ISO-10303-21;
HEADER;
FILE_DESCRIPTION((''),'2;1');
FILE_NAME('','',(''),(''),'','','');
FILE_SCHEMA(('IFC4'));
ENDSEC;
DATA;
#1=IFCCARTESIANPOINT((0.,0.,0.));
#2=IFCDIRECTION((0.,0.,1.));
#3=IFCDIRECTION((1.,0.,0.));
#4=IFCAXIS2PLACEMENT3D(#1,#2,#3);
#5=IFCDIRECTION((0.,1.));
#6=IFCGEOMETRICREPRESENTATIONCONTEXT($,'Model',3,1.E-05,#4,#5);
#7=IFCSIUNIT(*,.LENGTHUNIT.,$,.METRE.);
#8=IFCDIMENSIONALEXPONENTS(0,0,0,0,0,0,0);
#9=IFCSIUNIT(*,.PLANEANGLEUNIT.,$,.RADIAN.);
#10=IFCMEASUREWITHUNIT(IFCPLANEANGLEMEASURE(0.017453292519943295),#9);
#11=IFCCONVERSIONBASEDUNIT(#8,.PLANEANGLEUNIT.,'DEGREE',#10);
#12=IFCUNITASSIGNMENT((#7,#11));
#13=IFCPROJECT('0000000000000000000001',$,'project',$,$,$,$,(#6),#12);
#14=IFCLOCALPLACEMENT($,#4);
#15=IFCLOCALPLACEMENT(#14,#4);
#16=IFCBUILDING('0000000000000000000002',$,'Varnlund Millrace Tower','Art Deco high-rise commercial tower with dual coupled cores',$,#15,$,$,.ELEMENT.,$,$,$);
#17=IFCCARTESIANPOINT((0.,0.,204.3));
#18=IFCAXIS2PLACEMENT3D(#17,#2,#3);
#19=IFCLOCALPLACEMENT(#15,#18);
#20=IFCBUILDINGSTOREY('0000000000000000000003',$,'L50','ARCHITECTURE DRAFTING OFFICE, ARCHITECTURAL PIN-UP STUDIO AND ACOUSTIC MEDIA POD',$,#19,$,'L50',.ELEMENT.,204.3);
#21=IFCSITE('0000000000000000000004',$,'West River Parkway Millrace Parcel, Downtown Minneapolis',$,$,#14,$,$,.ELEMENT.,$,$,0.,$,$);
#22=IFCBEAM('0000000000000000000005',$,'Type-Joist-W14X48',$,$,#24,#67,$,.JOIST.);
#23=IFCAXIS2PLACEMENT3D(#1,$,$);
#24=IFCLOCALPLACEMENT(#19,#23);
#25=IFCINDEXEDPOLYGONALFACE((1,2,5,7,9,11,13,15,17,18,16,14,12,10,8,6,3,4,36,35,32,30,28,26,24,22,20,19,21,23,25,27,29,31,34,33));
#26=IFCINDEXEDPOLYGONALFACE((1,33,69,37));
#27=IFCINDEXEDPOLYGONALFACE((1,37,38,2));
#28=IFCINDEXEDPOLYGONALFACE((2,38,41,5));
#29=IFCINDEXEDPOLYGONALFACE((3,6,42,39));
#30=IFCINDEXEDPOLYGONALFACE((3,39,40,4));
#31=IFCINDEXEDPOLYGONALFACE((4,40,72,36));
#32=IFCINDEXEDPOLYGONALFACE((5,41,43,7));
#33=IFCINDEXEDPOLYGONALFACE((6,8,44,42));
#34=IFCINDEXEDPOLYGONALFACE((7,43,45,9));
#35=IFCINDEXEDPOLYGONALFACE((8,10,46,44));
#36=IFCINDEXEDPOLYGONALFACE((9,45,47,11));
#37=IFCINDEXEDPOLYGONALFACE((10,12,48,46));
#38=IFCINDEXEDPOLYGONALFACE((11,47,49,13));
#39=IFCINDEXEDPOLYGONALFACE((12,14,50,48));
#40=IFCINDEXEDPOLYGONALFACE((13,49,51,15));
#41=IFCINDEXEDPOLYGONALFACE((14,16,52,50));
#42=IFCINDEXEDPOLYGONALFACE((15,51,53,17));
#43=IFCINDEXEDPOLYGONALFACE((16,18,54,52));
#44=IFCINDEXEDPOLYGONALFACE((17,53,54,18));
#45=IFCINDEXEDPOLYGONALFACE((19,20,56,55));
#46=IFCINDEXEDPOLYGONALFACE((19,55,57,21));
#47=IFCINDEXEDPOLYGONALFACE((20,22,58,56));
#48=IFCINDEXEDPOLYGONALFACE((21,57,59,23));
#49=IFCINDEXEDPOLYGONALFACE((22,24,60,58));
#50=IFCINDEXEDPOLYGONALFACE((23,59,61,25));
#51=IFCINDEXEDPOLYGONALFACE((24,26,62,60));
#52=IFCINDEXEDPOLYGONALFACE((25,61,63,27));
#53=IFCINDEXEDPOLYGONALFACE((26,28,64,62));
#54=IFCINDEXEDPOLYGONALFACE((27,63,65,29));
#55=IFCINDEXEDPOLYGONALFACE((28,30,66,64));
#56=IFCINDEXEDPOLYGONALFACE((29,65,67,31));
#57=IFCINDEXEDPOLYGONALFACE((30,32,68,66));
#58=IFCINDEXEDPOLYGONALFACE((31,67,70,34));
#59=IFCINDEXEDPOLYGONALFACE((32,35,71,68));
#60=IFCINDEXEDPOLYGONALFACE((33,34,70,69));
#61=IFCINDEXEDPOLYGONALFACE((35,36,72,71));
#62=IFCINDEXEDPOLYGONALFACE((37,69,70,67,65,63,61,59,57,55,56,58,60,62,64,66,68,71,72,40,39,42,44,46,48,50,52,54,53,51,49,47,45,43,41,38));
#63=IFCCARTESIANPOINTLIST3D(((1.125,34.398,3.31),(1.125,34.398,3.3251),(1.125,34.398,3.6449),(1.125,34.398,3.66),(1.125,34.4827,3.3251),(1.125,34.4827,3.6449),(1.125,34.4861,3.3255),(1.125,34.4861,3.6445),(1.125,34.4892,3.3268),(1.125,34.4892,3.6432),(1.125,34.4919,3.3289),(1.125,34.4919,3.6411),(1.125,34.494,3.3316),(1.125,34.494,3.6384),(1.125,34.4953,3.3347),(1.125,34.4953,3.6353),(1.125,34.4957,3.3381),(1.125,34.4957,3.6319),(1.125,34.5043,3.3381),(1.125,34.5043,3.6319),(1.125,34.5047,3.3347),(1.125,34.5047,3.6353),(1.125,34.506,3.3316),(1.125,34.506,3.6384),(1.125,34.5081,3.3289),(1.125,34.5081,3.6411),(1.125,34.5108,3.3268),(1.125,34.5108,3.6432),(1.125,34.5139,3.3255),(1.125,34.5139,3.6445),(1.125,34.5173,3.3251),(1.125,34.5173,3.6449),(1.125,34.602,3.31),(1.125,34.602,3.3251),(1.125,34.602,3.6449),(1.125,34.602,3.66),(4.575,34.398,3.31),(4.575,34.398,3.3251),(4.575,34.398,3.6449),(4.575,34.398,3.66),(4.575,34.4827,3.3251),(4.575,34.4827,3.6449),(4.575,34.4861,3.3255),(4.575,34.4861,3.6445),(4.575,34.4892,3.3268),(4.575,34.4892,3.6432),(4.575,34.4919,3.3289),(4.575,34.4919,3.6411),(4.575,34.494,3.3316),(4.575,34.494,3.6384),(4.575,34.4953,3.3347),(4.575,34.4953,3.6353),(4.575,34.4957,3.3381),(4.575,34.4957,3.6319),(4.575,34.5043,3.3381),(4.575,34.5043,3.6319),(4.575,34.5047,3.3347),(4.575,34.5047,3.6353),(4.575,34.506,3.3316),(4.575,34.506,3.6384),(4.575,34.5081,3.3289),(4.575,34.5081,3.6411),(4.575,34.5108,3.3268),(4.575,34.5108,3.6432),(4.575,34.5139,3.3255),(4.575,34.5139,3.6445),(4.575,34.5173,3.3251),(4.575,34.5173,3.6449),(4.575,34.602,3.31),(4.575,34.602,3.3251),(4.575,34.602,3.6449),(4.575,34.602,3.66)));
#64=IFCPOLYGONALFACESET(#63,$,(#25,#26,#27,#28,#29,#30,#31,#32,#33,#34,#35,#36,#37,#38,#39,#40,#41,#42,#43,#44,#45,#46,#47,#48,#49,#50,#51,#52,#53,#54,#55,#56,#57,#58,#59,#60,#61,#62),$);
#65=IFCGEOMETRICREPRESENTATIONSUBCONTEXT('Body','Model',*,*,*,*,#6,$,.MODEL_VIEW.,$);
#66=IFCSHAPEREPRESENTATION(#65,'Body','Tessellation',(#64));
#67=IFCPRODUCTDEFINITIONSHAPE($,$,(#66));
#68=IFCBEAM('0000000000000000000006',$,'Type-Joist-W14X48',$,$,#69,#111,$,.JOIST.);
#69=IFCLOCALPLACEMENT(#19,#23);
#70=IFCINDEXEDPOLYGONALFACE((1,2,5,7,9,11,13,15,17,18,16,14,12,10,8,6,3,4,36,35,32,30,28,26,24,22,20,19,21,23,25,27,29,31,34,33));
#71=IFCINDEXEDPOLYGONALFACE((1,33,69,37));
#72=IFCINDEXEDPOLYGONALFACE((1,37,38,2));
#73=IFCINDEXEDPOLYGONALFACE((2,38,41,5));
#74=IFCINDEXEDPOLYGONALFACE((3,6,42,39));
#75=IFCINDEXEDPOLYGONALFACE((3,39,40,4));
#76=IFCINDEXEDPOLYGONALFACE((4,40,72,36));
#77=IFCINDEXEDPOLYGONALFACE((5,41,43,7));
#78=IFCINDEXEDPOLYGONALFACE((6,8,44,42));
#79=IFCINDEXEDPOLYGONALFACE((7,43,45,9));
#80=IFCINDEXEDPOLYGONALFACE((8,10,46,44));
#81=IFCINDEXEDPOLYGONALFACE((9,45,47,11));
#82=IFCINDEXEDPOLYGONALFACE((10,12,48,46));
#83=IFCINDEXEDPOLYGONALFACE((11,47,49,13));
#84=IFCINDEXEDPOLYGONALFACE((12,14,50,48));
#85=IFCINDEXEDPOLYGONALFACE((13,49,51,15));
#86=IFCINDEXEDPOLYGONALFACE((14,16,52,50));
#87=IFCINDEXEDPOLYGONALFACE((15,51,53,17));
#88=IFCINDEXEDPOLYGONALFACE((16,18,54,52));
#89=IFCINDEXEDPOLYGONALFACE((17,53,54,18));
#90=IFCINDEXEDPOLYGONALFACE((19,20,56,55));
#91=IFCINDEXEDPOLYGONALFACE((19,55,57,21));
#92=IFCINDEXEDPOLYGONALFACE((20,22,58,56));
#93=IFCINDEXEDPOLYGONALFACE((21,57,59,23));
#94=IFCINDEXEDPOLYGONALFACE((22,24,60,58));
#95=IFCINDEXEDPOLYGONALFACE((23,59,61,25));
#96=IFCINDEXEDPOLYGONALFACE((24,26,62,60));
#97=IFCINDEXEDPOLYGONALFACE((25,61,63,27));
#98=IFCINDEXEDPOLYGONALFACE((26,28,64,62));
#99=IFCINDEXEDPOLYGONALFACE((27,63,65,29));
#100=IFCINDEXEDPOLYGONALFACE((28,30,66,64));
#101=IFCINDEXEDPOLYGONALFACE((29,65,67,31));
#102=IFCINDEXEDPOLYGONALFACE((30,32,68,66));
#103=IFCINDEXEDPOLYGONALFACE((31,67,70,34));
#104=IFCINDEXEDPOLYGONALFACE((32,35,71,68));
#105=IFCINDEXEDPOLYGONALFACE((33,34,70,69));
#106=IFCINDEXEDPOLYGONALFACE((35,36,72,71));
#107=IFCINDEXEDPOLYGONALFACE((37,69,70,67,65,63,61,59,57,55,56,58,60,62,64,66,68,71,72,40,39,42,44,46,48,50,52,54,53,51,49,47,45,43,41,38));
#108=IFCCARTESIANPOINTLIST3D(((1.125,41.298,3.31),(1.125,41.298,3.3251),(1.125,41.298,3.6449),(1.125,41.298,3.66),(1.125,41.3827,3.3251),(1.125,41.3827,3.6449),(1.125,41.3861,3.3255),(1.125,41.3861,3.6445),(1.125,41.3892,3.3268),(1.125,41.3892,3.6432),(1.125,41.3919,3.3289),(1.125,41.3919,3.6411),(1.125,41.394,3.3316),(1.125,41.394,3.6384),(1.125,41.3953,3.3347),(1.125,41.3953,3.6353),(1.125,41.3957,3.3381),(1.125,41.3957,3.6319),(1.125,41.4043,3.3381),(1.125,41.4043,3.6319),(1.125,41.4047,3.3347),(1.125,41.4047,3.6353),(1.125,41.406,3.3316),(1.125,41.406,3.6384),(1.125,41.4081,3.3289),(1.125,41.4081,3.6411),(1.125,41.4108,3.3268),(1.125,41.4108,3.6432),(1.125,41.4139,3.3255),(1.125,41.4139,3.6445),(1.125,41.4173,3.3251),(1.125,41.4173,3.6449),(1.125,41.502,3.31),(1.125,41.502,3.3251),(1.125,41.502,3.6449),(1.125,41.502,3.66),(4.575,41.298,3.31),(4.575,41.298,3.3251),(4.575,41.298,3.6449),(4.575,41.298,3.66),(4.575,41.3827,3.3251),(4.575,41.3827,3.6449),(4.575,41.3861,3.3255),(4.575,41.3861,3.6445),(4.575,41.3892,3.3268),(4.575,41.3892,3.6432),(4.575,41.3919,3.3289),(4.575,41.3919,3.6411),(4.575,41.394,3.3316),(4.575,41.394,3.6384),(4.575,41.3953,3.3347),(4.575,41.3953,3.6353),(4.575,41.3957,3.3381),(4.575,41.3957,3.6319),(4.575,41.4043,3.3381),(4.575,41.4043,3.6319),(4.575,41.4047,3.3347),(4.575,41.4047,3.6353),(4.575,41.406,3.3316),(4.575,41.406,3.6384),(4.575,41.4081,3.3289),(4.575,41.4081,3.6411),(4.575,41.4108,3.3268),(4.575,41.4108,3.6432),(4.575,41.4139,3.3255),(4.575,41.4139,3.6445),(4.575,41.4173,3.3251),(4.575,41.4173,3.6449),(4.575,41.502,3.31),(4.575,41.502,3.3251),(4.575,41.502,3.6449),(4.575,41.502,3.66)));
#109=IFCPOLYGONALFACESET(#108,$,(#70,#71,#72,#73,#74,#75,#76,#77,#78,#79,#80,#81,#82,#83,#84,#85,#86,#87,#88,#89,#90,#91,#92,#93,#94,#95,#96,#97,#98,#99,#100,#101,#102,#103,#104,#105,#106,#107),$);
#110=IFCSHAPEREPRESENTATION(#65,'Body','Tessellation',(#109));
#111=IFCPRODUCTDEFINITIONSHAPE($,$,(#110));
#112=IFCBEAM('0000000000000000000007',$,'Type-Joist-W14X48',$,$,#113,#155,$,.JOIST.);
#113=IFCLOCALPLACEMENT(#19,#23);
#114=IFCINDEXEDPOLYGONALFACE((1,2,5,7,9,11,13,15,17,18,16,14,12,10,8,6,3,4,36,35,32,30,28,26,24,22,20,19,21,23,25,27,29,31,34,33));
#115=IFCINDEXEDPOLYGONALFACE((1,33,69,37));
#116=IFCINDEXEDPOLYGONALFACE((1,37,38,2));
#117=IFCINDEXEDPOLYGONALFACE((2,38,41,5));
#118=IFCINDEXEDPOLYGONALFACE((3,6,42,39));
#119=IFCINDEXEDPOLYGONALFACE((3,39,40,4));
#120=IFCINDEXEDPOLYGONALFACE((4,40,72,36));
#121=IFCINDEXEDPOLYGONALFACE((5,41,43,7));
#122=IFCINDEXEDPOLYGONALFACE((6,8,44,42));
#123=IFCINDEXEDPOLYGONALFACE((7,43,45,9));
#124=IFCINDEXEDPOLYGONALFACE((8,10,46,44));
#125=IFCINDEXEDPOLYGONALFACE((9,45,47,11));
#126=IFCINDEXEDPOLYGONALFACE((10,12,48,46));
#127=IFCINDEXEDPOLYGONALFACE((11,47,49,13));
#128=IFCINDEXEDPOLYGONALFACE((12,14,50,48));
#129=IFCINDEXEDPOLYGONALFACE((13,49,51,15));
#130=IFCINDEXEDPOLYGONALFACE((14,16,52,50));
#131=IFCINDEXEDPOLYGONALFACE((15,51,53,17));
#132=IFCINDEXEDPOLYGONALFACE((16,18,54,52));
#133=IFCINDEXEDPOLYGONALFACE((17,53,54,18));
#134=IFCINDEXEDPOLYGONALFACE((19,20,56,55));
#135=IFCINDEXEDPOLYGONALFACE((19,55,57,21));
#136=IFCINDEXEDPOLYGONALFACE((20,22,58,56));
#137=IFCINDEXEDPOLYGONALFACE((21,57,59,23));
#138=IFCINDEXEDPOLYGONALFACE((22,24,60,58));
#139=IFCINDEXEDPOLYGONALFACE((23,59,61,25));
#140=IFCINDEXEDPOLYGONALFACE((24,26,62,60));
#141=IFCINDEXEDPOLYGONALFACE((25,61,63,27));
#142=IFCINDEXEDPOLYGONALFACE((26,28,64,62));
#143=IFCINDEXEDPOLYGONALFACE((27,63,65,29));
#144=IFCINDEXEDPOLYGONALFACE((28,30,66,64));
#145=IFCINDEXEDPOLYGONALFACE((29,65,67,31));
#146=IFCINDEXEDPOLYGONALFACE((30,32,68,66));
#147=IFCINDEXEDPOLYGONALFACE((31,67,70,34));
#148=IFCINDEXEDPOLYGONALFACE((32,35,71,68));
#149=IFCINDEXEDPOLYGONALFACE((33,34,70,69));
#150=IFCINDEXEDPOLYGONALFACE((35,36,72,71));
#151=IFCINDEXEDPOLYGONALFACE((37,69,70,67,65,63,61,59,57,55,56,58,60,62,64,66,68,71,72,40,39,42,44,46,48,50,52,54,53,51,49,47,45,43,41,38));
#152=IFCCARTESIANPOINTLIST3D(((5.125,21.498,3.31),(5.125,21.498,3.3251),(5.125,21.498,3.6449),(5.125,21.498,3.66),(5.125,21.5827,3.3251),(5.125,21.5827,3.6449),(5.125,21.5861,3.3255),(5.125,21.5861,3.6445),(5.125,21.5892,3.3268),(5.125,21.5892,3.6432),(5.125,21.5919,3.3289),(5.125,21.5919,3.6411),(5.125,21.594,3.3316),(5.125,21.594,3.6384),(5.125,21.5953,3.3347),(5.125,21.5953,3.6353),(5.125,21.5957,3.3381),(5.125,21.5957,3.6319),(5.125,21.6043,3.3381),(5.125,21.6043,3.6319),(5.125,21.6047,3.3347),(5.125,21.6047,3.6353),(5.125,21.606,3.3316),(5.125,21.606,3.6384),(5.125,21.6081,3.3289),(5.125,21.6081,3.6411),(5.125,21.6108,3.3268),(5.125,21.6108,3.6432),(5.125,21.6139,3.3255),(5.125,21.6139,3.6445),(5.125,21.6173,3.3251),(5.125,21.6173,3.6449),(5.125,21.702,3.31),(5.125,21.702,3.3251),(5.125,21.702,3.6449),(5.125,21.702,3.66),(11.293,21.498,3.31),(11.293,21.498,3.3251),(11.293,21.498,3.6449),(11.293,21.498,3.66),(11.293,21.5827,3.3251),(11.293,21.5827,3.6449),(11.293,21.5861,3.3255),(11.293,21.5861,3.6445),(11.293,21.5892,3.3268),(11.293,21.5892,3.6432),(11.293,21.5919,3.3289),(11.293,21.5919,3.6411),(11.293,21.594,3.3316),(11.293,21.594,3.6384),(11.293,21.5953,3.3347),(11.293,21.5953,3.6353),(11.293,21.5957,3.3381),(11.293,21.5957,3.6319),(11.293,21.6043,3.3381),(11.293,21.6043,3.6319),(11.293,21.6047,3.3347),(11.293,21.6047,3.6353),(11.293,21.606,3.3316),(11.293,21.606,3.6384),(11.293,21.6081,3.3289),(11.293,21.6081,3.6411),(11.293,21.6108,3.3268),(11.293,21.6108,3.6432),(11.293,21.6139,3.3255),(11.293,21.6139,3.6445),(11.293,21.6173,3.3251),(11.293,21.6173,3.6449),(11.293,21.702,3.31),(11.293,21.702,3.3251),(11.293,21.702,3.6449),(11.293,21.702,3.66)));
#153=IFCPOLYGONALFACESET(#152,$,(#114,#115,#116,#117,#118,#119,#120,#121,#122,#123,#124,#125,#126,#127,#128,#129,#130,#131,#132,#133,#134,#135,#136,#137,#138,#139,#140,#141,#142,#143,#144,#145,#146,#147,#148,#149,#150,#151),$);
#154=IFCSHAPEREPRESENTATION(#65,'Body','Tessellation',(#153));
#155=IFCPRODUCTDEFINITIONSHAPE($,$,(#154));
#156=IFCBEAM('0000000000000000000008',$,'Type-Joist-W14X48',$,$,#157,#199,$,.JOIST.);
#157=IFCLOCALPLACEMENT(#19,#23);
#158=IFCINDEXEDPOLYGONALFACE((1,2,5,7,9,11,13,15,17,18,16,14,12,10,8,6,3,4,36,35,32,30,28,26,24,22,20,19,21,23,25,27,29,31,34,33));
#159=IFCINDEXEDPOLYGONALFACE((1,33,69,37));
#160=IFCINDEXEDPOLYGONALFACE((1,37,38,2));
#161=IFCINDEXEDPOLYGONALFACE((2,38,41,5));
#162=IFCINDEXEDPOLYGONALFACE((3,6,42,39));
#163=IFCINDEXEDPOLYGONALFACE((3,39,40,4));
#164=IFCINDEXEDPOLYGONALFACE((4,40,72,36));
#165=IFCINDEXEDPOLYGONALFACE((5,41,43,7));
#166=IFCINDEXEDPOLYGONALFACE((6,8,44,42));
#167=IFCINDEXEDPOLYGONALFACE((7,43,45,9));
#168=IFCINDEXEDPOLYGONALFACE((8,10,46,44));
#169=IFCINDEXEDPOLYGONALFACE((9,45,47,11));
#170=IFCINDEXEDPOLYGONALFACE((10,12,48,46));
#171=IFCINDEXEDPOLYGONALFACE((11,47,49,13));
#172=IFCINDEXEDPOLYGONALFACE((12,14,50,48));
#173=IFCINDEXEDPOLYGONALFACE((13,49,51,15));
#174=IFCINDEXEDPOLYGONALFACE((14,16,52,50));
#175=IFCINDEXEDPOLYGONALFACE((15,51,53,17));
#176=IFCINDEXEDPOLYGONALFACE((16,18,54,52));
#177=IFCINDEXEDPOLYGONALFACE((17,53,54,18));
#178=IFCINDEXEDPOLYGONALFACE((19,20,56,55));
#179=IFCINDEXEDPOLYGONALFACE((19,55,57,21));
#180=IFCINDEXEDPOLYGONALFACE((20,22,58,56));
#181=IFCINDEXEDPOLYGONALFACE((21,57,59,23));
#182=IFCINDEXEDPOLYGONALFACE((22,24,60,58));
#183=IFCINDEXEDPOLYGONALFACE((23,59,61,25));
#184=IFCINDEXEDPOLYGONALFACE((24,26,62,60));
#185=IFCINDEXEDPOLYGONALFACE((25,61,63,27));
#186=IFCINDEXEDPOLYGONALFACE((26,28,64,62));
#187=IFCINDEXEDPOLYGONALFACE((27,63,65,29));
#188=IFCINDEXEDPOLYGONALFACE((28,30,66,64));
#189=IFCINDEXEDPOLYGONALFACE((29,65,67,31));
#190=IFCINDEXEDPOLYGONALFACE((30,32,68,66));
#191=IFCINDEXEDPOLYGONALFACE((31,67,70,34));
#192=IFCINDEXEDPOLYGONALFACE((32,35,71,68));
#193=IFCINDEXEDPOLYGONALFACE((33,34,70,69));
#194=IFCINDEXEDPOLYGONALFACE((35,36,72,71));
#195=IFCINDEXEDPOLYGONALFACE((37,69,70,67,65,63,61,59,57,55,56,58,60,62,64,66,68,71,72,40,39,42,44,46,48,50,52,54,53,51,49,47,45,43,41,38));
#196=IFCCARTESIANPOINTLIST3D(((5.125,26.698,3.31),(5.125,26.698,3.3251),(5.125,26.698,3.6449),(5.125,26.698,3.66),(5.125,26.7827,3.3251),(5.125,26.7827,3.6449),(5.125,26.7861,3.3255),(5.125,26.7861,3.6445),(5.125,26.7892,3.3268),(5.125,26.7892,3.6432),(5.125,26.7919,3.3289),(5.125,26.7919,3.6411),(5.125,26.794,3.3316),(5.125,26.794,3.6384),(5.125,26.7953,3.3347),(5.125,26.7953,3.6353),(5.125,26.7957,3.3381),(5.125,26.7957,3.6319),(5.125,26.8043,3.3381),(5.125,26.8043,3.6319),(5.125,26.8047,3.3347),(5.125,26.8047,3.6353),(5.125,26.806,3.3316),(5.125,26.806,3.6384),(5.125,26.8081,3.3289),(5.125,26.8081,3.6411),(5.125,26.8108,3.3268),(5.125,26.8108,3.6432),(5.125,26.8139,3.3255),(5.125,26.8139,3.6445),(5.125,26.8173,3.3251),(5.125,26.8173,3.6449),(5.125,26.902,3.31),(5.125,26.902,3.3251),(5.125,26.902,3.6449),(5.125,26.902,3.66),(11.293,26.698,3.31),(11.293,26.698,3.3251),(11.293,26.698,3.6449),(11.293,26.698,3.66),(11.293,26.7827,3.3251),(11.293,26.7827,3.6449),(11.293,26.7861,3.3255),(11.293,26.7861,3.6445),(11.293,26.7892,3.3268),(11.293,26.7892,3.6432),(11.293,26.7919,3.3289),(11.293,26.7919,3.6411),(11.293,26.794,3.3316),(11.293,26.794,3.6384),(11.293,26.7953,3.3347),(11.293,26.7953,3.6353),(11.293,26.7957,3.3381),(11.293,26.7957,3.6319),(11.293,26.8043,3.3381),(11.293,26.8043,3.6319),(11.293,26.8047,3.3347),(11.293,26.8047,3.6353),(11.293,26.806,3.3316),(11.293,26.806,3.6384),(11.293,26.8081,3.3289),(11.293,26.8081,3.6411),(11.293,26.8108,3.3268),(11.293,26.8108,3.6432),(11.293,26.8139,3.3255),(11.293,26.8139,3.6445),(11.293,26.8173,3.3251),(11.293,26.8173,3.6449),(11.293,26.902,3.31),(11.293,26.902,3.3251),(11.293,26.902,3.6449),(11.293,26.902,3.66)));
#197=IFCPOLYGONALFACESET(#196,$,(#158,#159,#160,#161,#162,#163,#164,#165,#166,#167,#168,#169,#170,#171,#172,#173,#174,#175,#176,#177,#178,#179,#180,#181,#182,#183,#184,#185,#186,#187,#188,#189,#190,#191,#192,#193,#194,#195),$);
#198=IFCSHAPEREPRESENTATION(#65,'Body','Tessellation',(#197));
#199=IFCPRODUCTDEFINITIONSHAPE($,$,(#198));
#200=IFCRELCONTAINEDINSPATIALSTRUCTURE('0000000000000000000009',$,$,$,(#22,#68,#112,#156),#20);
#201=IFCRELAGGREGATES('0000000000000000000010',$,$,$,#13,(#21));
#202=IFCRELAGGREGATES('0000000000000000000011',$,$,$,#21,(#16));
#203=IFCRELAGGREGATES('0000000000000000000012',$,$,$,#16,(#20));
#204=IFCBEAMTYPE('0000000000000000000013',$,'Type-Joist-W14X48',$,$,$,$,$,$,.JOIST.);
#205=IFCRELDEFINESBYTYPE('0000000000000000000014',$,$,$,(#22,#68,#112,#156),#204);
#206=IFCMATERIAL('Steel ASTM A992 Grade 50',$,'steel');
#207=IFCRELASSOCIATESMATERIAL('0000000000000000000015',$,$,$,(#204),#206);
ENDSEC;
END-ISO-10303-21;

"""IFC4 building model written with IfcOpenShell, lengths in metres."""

from ifc_helpers import new_model, entity, si_unit, converted_unit, direction, frame, origin_with_axes, origin_2d_with_axis, place, context, subcontext, project, spatial, i_section, extrude, material, material_profile, profile_set, type_object, element, save


model = new_model("IFC4")

# Units and contexts
model_context = context("Model", 3, precision=1e-05, world=origin_with_axes(), true_north=direction((0.0, 1.0)))
body_context = subcontext(model_context, "Body", "Model", "MODEL_VIEW")
ifc_project = project(units=[si_unit("LENGTHUNIT", "METRE"), converted_unit("PLANEANGLEUNIT", "DEGREE", entity("IfcPlaneAngleMeasure", 0.017453292519943295), si_unit("PLANEANGLEUNIT", "RADIAN"), dimensions=[0, 0, 0, 0, 0, 0, 0])], contexts=[model_context])

# Site, building, storey
site_placement = place(None, origin_with_axes())
site = spatial("IfcSite", under=ifc_project, at=site_placement, Name="West River Parkway Millrace Parcel, Downtown Minneapolis", CompositionType="ELEMENT", RefElevation=0.0)
building_placement = place(site_placement, origin_with_axes())
building = spatial("IfcBuilding", under=site, at=building_placement, Name="Varnlund Millrace Tower", Description="Art Deco high-rise commercial tower with dual coupled cores", CompositionType="ELEMENT")
storey_placement = place(building_placement, frame((0.0, 0.0, 204.3), z_axis=(0.0, 0.0, 1.0), x_axis=(1.0, 0.0, 0.0)))
storey = spatial("IfcBuildingStorey", under=building, at=storey_placement, Name="L50", Description="ARCHITECTURE DRAFTING OFFICE, ARCHITECTURAL PIN-UP STUDIO AND ACOUSTIC MEDIA POD", LongName="L50", CompositionType="ELEMENT", Elevation=204.3)

# Beams
ifc_material_1 = material(Name="Steel ASTM A992 Grade 50", Category="steel")
ifc_material_profile_1 = material_profile(ifc_material_1, i_section(OverallWidth=0.204, OverallDepth=0.35, WebThickness=0.0086, FlangeThickness=0.0151, FilletRadius=0.013, at=origin_2d_with_axis()), Name="Steel ASTM A992 Grade 50")
ifc_profile_set_1 = profile_set([ifc_material_profile_1], Name="Steel ASTM A992 Grade 50")
beam_type_1 = type_object("IfcBeamType", Name="Type-Joist-W14X48", PredefinedType="JOIST", material=ifc_profile_set_1)
for number, where, z_axis, x_axis, name in (
    (1, (1.125, 34.5, 3.485), (1.0, 0.0, 0.0), (0.0, 1.0, 0.0), "Type-Joist-W14X48"),
    (2, (1.125, 41.4, 3.485), (1.0, 0.0, 0.0), (0.0, 1.0, 0.0), "Type-Joist-W14X48"),
):
    element("IfcBeam", number, at=place(storey_placement, frame(where, z_axis=z_axis, x_axis=x_axis)), inside=storey, type_object=beam_type_1, Name=name, PredefinedType="JOIST", context=body_context, shape_type="SweptSolid", body=[
        extrude(i_section(OverallWidth=0.204, OverallDepth=0.35, WebThickness=0.0086, FlangeThickness=0.0151, FilletRadius=0.013, at=origin_2d_with_axis()), origin_with_axes(), (0.0, 0.0, 1.0), 3.45),
    ])
for number, where, z_axis, x_axis, name in (
    (3, (5.125, 21.6, 3.485), (1.0, 0.0, 0.0), (0.0, 1.0, 0.0), "Type-Joist-W14X48"),
    (4, (5.125, 26.8, 3.485), (1.0, 0.0, 0.0), (0.0, 1.0, 0.0), "Type-Joist-W14X48"),
):
    element("IfcBeam", number, at=place(storey_placement, frame(where, z_axis=z_axis, x_axis=x_axis)), inside=storey, type_object=beam_type_1, Name=name, PredefinedType="JOIST", context=body_context, shape_type="SweptSolid", body=[
        extrude(i_section(OverallWidth=0.204, OverallDepth=0.35, WebThickness=0.0086, FlangeThickness=0.0151, FilletRadius=0.013, at=origin_2d_with_axis()), origin_with_axes(), (0.0, 0.0, 1.0), 6.168),
    ])

save(model, "model.ifc")
